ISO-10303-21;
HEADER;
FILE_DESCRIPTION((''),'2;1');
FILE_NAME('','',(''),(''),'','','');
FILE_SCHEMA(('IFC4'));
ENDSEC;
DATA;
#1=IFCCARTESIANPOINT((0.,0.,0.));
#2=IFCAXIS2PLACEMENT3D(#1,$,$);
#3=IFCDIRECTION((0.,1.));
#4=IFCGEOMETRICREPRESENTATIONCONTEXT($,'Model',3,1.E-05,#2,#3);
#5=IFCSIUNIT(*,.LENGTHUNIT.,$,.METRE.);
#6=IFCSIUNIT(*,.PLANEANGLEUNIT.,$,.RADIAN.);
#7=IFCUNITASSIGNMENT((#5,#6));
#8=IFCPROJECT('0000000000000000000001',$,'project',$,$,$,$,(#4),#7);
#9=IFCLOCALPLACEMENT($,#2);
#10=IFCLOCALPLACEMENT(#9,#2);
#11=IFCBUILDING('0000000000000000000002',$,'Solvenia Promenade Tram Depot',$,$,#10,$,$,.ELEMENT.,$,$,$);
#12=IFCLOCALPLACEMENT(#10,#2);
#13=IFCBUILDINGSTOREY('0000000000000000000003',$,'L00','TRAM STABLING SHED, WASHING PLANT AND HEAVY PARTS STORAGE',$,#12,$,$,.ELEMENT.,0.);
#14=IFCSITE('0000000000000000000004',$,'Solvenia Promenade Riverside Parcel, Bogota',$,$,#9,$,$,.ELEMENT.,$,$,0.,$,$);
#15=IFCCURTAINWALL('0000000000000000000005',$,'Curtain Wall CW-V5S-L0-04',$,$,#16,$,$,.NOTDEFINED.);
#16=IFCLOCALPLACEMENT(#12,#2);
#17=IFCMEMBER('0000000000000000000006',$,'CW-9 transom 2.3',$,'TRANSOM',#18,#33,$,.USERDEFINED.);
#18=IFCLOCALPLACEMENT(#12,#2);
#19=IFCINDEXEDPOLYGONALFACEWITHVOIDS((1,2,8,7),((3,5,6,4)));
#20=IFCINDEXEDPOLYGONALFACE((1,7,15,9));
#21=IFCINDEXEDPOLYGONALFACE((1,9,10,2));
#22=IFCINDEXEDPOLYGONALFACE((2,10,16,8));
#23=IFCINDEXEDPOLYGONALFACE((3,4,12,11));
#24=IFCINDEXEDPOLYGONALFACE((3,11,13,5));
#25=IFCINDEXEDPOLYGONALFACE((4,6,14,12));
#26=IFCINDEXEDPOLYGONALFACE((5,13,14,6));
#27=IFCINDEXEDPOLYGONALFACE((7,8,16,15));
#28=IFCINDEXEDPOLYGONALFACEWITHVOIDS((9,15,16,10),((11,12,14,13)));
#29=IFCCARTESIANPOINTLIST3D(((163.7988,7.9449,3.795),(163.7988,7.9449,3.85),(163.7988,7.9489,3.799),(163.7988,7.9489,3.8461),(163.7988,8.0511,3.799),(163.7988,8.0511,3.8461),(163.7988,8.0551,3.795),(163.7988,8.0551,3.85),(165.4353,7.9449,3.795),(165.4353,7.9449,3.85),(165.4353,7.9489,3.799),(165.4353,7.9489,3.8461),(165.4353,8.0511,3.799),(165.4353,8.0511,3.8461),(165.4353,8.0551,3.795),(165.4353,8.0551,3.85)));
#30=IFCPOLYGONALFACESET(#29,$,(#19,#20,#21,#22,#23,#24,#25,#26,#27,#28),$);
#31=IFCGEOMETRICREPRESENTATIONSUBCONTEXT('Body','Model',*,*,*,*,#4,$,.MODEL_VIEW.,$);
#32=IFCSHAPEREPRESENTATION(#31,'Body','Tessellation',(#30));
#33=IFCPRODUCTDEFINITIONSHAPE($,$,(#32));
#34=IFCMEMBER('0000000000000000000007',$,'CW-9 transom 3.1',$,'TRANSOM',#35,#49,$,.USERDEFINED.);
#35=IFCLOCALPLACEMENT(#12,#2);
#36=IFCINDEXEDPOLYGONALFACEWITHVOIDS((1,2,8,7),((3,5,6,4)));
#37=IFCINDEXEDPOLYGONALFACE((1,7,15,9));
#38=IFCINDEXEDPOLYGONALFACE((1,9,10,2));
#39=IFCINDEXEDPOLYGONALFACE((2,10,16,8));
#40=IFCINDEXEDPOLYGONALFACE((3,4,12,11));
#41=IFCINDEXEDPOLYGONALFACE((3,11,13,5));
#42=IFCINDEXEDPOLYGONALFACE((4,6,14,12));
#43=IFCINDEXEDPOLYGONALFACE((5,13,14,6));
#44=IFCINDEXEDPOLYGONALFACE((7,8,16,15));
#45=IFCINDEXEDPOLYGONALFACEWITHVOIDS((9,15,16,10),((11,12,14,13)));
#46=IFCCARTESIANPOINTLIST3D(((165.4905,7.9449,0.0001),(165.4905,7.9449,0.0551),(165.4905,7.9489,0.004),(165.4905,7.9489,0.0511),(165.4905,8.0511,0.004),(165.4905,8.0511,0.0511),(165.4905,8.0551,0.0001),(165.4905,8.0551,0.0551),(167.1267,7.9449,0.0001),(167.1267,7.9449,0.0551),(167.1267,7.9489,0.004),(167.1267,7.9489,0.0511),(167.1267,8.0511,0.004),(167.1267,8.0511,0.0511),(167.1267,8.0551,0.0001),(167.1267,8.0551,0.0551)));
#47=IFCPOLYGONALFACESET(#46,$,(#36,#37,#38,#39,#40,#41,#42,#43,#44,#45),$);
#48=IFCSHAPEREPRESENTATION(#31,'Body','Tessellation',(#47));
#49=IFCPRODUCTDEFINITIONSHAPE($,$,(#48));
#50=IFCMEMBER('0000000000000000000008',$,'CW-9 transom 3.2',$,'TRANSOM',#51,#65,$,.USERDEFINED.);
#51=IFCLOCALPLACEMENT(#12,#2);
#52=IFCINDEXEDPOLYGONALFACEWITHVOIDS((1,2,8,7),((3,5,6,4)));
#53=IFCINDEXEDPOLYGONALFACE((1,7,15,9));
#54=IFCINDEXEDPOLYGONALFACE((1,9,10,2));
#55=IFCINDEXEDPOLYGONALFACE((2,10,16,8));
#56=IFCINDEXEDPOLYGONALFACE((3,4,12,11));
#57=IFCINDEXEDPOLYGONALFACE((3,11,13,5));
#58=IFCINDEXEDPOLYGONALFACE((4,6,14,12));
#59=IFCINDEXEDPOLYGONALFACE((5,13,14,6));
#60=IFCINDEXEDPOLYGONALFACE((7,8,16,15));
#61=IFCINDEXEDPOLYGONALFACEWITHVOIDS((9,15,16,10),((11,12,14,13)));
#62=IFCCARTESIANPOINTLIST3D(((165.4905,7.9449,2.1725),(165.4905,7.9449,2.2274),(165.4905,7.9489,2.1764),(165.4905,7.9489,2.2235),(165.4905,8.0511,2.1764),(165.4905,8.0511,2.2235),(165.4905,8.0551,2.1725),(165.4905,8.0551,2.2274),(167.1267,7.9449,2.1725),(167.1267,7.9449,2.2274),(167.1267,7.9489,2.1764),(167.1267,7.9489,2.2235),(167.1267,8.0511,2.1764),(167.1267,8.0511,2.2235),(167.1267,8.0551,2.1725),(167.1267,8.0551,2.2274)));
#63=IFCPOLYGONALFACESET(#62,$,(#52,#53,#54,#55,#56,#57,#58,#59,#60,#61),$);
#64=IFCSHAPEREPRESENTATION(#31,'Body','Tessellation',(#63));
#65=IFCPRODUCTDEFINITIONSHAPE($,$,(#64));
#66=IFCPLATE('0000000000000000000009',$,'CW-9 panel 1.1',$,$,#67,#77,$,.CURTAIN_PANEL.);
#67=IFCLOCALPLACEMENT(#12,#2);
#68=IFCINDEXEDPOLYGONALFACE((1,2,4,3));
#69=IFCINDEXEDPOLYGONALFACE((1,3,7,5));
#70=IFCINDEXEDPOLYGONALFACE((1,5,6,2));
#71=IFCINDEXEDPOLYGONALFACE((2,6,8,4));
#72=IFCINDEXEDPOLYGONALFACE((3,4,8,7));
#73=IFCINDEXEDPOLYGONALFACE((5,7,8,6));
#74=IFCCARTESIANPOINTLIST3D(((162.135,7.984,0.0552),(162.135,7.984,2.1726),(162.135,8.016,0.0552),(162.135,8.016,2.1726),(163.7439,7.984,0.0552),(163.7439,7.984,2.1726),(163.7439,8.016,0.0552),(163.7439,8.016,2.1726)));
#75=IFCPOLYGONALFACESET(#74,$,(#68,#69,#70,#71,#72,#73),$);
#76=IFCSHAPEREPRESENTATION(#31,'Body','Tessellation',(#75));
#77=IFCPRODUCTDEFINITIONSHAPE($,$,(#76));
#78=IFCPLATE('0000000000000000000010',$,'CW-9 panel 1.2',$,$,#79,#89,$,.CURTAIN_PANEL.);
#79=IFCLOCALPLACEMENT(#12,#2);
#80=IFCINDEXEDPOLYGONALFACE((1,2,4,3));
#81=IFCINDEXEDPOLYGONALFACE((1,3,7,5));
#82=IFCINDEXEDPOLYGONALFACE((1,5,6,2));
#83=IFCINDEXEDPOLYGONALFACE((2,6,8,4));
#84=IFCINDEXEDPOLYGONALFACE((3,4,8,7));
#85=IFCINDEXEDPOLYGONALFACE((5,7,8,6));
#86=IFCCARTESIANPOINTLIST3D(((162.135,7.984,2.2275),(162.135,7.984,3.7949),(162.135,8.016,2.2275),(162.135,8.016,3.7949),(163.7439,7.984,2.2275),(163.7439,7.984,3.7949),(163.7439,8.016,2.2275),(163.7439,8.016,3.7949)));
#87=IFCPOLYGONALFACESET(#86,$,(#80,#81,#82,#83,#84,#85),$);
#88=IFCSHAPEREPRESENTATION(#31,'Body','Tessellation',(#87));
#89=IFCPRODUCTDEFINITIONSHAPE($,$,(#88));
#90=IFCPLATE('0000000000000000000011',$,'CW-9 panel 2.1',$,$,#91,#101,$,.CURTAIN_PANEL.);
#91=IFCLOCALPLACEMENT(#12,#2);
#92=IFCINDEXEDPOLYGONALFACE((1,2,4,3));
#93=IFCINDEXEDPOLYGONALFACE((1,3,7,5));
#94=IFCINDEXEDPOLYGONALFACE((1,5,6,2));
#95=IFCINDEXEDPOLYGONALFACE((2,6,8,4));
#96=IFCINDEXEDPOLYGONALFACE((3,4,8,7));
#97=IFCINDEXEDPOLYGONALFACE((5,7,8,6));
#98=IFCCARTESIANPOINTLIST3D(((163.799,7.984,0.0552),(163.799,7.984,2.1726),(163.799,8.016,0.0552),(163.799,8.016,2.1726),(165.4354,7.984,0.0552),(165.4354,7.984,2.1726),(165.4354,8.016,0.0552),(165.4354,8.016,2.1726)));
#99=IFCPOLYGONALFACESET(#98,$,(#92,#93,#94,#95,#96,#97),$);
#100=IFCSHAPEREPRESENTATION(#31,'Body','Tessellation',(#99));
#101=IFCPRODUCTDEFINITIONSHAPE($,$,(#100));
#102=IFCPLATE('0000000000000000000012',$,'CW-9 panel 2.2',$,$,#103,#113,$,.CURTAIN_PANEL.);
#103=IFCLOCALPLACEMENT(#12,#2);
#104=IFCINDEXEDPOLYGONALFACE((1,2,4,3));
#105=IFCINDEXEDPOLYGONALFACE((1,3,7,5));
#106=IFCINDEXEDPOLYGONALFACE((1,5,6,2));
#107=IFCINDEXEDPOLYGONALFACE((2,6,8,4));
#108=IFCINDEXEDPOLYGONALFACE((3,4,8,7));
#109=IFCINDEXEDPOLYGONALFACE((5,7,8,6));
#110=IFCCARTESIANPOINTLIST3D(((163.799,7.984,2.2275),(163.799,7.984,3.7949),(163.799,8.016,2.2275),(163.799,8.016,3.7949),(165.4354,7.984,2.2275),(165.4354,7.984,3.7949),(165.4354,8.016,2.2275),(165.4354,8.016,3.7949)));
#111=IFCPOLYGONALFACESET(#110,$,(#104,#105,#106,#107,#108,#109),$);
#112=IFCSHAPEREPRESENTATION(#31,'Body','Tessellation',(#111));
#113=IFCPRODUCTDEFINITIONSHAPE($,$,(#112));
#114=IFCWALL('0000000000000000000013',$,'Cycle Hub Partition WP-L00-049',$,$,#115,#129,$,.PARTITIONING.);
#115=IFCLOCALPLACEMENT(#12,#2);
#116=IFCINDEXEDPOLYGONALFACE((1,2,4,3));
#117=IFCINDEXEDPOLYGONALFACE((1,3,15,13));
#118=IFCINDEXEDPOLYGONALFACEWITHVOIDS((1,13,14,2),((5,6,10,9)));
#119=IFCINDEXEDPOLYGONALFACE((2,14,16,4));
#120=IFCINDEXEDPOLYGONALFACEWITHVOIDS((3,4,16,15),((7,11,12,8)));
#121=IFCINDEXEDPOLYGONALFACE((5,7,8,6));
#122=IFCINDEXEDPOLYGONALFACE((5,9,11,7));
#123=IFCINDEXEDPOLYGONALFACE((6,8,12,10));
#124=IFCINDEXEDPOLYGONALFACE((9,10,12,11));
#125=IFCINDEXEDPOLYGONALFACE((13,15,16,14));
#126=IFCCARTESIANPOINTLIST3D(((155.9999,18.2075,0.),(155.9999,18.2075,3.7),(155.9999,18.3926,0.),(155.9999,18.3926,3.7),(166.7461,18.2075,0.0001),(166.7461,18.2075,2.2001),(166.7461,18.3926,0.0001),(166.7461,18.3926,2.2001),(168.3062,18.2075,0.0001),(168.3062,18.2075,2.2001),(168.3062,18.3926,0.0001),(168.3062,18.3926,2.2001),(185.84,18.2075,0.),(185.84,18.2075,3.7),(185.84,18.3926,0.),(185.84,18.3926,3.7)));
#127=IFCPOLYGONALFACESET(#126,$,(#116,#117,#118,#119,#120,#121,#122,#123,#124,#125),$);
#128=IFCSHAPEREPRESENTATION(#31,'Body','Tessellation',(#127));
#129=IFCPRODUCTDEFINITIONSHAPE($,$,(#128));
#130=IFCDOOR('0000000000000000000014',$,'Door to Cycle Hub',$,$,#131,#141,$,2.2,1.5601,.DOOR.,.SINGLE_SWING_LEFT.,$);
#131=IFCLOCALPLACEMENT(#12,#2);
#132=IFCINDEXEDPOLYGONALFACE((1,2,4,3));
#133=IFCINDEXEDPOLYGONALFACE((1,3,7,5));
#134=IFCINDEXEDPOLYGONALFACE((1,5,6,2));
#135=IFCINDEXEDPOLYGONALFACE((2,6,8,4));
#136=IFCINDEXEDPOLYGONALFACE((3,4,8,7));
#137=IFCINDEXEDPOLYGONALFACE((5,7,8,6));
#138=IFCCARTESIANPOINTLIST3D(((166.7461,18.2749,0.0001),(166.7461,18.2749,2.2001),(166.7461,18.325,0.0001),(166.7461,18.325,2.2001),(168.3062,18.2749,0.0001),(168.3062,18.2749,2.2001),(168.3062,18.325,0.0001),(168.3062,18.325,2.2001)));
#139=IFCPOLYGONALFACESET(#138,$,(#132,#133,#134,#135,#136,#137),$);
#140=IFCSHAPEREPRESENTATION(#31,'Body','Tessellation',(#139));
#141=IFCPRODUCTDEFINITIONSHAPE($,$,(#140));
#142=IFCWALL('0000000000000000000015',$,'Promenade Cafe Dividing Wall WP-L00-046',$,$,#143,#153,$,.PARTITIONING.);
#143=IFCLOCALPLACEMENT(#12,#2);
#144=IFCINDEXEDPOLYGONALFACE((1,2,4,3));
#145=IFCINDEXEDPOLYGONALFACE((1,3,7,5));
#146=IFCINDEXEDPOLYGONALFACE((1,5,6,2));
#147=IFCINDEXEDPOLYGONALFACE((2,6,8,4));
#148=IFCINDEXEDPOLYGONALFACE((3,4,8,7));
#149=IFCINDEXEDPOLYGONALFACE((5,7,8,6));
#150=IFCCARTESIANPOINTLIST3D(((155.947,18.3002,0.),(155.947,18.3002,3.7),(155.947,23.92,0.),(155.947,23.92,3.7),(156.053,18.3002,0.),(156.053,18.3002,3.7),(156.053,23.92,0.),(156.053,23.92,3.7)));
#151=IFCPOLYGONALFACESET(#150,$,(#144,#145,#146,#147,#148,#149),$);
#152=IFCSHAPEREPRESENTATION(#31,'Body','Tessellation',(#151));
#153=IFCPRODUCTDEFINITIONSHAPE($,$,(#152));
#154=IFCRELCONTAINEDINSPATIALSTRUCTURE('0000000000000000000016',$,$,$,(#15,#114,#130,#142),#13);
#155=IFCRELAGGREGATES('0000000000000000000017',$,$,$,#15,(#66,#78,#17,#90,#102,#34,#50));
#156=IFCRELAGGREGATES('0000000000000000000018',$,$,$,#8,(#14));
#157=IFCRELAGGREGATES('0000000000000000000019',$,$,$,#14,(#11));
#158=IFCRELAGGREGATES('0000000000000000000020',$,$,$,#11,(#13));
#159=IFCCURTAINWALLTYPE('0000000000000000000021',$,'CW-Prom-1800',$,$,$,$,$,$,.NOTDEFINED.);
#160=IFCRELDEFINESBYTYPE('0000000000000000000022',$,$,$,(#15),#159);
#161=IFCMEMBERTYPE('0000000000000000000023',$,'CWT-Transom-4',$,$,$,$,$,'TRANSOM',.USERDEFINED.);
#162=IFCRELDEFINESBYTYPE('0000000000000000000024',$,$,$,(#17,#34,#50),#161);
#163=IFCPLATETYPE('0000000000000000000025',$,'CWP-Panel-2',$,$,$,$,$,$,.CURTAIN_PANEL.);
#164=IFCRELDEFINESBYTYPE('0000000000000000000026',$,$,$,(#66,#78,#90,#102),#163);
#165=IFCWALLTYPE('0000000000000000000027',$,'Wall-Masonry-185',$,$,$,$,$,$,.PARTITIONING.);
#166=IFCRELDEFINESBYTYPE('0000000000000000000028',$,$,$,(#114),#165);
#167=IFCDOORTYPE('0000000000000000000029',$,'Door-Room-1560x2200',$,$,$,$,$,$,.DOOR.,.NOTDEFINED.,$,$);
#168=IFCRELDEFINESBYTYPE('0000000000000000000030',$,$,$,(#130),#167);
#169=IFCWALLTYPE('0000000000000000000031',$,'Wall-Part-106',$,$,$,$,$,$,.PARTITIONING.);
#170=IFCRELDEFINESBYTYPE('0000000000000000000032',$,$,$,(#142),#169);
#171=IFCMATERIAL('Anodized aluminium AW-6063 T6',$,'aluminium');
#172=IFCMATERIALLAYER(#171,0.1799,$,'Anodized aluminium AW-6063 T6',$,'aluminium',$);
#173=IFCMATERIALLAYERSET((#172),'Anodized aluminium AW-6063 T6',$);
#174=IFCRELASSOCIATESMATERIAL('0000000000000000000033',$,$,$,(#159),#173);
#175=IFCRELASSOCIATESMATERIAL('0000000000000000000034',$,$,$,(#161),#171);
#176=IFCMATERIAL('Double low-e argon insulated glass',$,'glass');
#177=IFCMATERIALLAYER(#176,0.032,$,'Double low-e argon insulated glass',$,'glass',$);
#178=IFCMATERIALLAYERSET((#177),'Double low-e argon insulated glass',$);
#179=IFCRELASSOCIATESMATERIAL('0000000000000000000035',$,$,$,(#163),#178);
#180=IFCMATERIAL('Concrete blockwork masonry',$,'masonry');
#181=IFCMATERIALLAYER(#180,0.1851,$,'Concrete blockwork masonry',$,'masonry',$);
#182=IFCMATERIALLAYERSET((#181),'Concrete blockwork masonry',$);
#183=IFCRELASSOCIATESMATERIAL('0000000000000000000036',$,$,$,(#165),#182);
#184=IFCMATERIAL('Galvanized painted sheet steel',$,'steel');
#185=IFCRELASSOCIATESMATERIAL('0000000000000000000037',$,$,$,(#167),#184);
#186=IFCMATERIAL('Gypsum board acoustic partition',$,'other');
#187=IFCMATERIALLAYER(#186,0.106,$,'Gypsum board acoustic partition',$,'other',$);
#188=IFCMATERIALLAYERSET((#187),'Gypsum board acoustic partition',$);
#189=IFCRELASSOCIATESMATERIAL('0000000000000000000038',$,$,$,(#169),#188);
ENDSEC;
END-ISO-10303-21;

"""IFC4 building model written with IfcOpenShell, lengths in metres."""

from ifc_helpers import new_model, si_unit, direction, frame, frame_2d, origin, origin_2d, place, context, subcontext, project, spatial, rectangle, hollow_rectangle, extrude, material, layer, layer_set, material_profile, profile_set, type_object, element, fill, aggregate, save


model = new_model("IFC4")

# Units and contexts
model_context = context("Model", 3, precision=1e-05, world=origin(), true_north=direction((0.0, 1.0)))
body_context = subcontext(model_context, "Body", "Model", "MODEL_VIEW")
ifc_project = project(units=[si_unit("LENGTHUNIT", "METRE"), si_unit("PLANEANGLEUNIT", "RADIAN")], contexts=[model_context])

# Site, building, storey
site_placement = place(None, origin())
site = spatial("IfcSite", under=ifc_project, at=site_placement, Name="Solvenia Promenade Riverside Parcel, Bogota", CompositionType="ELEMENT", RefElevation=0.0)
building_placement = place(site_placement, origin())
building = spatial("IfcBuilding", under=site, at=building_placement, Name="Solvenia Promenade Tram Depot", CompositionType="ELEMENT")
storey_placement = place(building_placement, origin())
storey = spatial("IfcBuildingStorey", under=building, at=storey_placement, Name="L00", Description="TRAM STABLING SHED, WASHING PLANT AND HEAVY PARTS STORAGE", CompositionType="ELEMENT", Elevation=0.0)

# Curtain wall, members, plates
ifc_material_1 = material(Name="Anodized aluminium AW-6063 T6", Category="aluminium")
ifc_layer_1 = layer(ifc_material_1, 0.1799, Name="Anodized aluminium AW-6063 T6", Category="aluminium")
ifc_layer_set_1 = layer_set([ifc_layer_1], Name="Anodized aluminium AW-6063 T6")
curtain_wall_type = type_object("IfcCurtainWallType", Name="CW-Prom-1800", PredefinedType="NOTDEFINED", material=ifc_layer_set_1)
curtain_wall_placement = place(storey_placement, origin())
curtain_wall = element("IfcCurtainWall", 1, at=curtain_wall_placement, inside=storey, type_object=curtain_wall_type, Name="Curtain Wall CW-V5S-L0-04", PredefinedType="NOTDEFINED")
ifc_material_profile_1 = material_profile(ifc_material_1, hollow_rectangle(XDim=0.1101, YDim=0.0549, WallThickness=0.0039, at=origin_2d()), Name="ALU-T4", Category="aluminium")
ifc_profile_set_1 = profile_set([ifc_material_profile_1], Name="Anodized aluminium AW-6063 T6")
member_type_1 = type_object("IfcMemberType", Name="CWT-Transom-4", ElementType="TRANSOM", PredefinedType="USERDEFINED", material=ifc_profile_set_1)
member_1_placement = place(storey_placement, frame((163.7988, 8.0, 3.8225), z_axis=(1.0, 0.0, 0.0), x_axis=(0.0, 1.0, 0.0)))
member_1 = element("IfcMember", 2, at=member_1_placement, type_object=member_type_1, Name="CW-9 transom 2.3", ObjectType="TRANSOM", PredefinedType="USERDEFINED", context=body_context, shape_type="SweptSolid", body=[
    extrude(hollow_rectangle(XDim=0.1101, YDim=0.0549, WallThickness=0.0039, at=origin_2d()), origin(), (0.0, 0.0, 1.0), 1.6365),
])
member_2_placement = place(storey_placement, frame((165.4905, 8.0, 0.0276), z_axis=(1.0, 0.0, 0.0), x_axis=(0.0, 1.0, 0.0)))
member_2 = element("IfcMember", 3, at=member_2_placement, type_object=member_type_1, Name="CW-9 transom 3.1", ObjectType="TRANSOM", PredefinedType="USERDEFINED", context=body_context, shape_type="SweptSolid", body=[
    extrude(hollow_rectangle(XDim=0.1101, YDim=0.0549, WallThickness=0.0039, at=origin_2d()), origin(), (0.0, 0.0, 1.0), 1.6362),
])
member_3_placement = place(storey_placement, frame((165.4905, 8.0, 2.2), z_axis=(1.0, 0.0, 0.0), x_axis=(0.0, 1.0, 0.0)))
member_3 = element("IfcMember", 4, at=member_3_placement, type_object=member_type_1, Name="CW-9 transom 3.2", ObjectType="TRANSOM", PredefinedType="USERDEFINED", context=body_context, shape_type="SweptSolid", body=[
    extrude(hollow_rectangle(XDim=0.1101, YDim=0.0549, WallThickness=0.0039, at=origin_2d()), origin(), (0.0, 0.0, 1.0), 1.6362),
])
ifc_material_2 = material(Name="Double low-e argon insulated glass", Category="glass")
ifc_layer_2 = layer(ifc_material_2, 0.032, Name="Double low-e argon insulated glass", Category="glass")
ifc_layer_set_2 = layer_set([ifc_layer_2], Name="Double low-e argon insulated glass")
plate_type = type_object("IfcPlateType", Name="CWP-Panel-2", PredefinedType="CURTAIN_PANEL", material=ifc_layer_set_2)
plate_1_placement = place(storey_placement, frame((162.9395, 8.0, 0.0552), z_axis=(0.0, 0.0, 1.0), x_axis=(1.0, 0.0, 0.0)))
plate_1 = element("IfcPlate", 5, at=plate_1_placement, type_object=plate_type, Name="CW-9 panel 1.1", PredefinedType="CURTAIN_PANEL", context=body_context, shape_type="SweptSolid", body=[
    extrude(rectangle(XDim=1.6089, YDim=0.032, at=origin_2d()), origin(), (0.0, 0.0, 1.0), 2.1174),
])
plate_2_placement = place(storey_placement, frame((162.9395, 8.0, 2.2275), z_axis=(0.0, 0.0, 1.0), x_axis=(1.0, 0.0, 0.0)))
plate_2 = element("IfcPlate", 6, at=plate_2_placement, type_object=plate_type, Name="CW-9 panel 1.2", PredefinedType="CURTAIN_PANEL", context=body_context, shape_type="SweptSolid", body=[
    extrude(rectangle(XDim=1.6089, YDim=0.032, at=origin_2d()), origin(), (0.0, 0.0, 1.0), 1.5674),
])
plate_3_placement = place(storey_placement, frame((164.6172, 8.0, 0.0552), z_axis=(0.0, 0.0, 1.0), x_axis=(1.0, 0.0, 0.0)))
plate_3 = element("IfcPlate", 7, at=plate_3_placement, type_object=plate_type, Name="CW-9 panel 2.1", PredefinedType="CURTAIN_PANEL", context=body_context, shape_type="SweptSolid", body=[
    extrude(rectangle(XDim=1.6365, YDim=0.032, at=origin_2d()), origin(), (0.0, 0.0, 1.0), 2.1174),
])
plate_4_placement = place(storey_placement, frame((164.6172, 8.0, 2.2275), z_axis=(0.0, 0.0, 1.0), x_axis=(1.0, 0.0, 0.0)))
plate_4 = element("IfcPlate", 8, at=plate_4_placement, type_object=plate_type, Name="CW-9 panel 2.2", PredefinedType="CURTAIN_PANEL", context=body_context, shape_type="SweptSolid", body=[
    extrude(rectangle(XDim=1.6365, YDim=0.032, at=origin_2d()), origin(), (0.0, 0.0, 1.0), 1.5674),
])
aggregate(curtain_wall, [plate_1, plate_2, member_1, plate_3, plate_4, member_2, member_3])

# Wall, opening, door
ifc_material_3 = material(Name="Concrete blockwork masonry", Category="masonry")
ifc_layer_3 = layer(ifc_material_3, 0.1851, Name="Concrete blockwork masonry", Category="masonry")
ifc_layer_set_3 = layer_set([ifc_layer_3], Name="Concrete blockwork masonry")
wall_type_1 = type_object("IfcWallType", Name="Wall-Masonry-185", PredefinedType="PARTITIONING", material=ifc_layer_set_3)
wall_1_placement = place(storey_placement, frame((156.0, 18.3, 0.0), z_axis=(0.0, 0.0, 1.0), x_axis=(1.0, 0.0, 0.0)))
wall_1 = element("IfcWall", 9, at=wall_1_placement, inside=storey, type_object=wall_type_1, Name="Cycle Hub Partition WP-L00-049", PredefinedType="PARTITIONING", context=body_context, shape_type="SweptSolid", body=[
    extrude(rectangle(XDim=29.8401, YDim=0.1851, at=frame_2d((14.9199, 0.0))), origin(), (0.0, 0.0, 1.0), 3.7),
])
opening_placement = place(wall_1_placement, frame((10.7461, 0.0, 0.0)))
opening = element("IfcOpeningElement", 10, at=opening_placement, cuts=wall_1, PredefinedType="OPENING", context=body_context, shape_type="SweptSolid", body=[
    extrude(rectangle(XDim=1.5601, YDim=2.2, at=frame_2d((0.78, 1.1001))), frame((0.0, 0.1025, 0.0), z_axis=(0.0, -1.0, 0.0), x_axis=(1.0, 0.0, 0.0)), (0.0, 0.0, 1.0), 0.2051),
])
ifc_material_4 = material(Name="Galvanized painted sheet steel", Category="steel")
door_type = type_object("IfcDoorType", Name="Door-Room-1560x2200", OperationType="NOTDEFINED", PredefinedType="DOOR", material=ifc_material_4)
door_placement = place(opening_placement, origin())
door = element("IfcDoor", 11, at=door_placement, inside=storey, type_object=door_type, Name="Door to Cycle Hub", OperationType="SINGLE_SWING_LEFT", OverallHeight=2.2, OverallWidth=1.5601, PredefinedType="DOOR", context=body_context, shape_type="SweptSolid", body=[
    extrude(rectangle(XDim=1.5601, YDim=2.2, at=frame_2d((0.78, 1.1001))), frame((0.0, 0.0249, 0.0), z_axis=(0.0, -1.0, 0.0), x_axis=(1.0, 0.0, 0.0)), (0.0, 0.0, 1.0), 0.05),
])
fill(opening, door)

# Wall
ifc_material_5 = material(Name="Gypsum board acoustic partition", Category="other")
ifc_layer_4 = layer(ifc_material_5, 0.106, Name="Gypsum board acoustic partition", Category="other")
ifc_layer_set_4 = layer_set([ifc_layer_4], Name="Gypsum board acoustic partition")
wall_type_2 = type_object("IfcWallType", Name="Wall-Part-106", PredefinedType="PARTITIONING", material=ifc_layer_set_4)
wall_2_placement = place(storey_placement, frame((156.0, 18.3, 0.0), z_axis=(0.0, 0.0, 1.0), x_axis=(0.0, 1.0, 0.0)))
element("IfcWall", 12, at=wall_2_placement, inside=storey, type_object=wall_type_2, Name="Promenade Cafe Dividing Wall WP-L00-046", PredefinedType="PARTITIONING", context=body_context, shape_type="SweptSolid", body=[
    extrude(rectangle(XDim=5.6199, YDim=0.106, at=frame_2d((2.8101, 0.0))), origin(), (0.0, 0.0, 1.0), 3.7),
])

save(model, "model.ifc")
